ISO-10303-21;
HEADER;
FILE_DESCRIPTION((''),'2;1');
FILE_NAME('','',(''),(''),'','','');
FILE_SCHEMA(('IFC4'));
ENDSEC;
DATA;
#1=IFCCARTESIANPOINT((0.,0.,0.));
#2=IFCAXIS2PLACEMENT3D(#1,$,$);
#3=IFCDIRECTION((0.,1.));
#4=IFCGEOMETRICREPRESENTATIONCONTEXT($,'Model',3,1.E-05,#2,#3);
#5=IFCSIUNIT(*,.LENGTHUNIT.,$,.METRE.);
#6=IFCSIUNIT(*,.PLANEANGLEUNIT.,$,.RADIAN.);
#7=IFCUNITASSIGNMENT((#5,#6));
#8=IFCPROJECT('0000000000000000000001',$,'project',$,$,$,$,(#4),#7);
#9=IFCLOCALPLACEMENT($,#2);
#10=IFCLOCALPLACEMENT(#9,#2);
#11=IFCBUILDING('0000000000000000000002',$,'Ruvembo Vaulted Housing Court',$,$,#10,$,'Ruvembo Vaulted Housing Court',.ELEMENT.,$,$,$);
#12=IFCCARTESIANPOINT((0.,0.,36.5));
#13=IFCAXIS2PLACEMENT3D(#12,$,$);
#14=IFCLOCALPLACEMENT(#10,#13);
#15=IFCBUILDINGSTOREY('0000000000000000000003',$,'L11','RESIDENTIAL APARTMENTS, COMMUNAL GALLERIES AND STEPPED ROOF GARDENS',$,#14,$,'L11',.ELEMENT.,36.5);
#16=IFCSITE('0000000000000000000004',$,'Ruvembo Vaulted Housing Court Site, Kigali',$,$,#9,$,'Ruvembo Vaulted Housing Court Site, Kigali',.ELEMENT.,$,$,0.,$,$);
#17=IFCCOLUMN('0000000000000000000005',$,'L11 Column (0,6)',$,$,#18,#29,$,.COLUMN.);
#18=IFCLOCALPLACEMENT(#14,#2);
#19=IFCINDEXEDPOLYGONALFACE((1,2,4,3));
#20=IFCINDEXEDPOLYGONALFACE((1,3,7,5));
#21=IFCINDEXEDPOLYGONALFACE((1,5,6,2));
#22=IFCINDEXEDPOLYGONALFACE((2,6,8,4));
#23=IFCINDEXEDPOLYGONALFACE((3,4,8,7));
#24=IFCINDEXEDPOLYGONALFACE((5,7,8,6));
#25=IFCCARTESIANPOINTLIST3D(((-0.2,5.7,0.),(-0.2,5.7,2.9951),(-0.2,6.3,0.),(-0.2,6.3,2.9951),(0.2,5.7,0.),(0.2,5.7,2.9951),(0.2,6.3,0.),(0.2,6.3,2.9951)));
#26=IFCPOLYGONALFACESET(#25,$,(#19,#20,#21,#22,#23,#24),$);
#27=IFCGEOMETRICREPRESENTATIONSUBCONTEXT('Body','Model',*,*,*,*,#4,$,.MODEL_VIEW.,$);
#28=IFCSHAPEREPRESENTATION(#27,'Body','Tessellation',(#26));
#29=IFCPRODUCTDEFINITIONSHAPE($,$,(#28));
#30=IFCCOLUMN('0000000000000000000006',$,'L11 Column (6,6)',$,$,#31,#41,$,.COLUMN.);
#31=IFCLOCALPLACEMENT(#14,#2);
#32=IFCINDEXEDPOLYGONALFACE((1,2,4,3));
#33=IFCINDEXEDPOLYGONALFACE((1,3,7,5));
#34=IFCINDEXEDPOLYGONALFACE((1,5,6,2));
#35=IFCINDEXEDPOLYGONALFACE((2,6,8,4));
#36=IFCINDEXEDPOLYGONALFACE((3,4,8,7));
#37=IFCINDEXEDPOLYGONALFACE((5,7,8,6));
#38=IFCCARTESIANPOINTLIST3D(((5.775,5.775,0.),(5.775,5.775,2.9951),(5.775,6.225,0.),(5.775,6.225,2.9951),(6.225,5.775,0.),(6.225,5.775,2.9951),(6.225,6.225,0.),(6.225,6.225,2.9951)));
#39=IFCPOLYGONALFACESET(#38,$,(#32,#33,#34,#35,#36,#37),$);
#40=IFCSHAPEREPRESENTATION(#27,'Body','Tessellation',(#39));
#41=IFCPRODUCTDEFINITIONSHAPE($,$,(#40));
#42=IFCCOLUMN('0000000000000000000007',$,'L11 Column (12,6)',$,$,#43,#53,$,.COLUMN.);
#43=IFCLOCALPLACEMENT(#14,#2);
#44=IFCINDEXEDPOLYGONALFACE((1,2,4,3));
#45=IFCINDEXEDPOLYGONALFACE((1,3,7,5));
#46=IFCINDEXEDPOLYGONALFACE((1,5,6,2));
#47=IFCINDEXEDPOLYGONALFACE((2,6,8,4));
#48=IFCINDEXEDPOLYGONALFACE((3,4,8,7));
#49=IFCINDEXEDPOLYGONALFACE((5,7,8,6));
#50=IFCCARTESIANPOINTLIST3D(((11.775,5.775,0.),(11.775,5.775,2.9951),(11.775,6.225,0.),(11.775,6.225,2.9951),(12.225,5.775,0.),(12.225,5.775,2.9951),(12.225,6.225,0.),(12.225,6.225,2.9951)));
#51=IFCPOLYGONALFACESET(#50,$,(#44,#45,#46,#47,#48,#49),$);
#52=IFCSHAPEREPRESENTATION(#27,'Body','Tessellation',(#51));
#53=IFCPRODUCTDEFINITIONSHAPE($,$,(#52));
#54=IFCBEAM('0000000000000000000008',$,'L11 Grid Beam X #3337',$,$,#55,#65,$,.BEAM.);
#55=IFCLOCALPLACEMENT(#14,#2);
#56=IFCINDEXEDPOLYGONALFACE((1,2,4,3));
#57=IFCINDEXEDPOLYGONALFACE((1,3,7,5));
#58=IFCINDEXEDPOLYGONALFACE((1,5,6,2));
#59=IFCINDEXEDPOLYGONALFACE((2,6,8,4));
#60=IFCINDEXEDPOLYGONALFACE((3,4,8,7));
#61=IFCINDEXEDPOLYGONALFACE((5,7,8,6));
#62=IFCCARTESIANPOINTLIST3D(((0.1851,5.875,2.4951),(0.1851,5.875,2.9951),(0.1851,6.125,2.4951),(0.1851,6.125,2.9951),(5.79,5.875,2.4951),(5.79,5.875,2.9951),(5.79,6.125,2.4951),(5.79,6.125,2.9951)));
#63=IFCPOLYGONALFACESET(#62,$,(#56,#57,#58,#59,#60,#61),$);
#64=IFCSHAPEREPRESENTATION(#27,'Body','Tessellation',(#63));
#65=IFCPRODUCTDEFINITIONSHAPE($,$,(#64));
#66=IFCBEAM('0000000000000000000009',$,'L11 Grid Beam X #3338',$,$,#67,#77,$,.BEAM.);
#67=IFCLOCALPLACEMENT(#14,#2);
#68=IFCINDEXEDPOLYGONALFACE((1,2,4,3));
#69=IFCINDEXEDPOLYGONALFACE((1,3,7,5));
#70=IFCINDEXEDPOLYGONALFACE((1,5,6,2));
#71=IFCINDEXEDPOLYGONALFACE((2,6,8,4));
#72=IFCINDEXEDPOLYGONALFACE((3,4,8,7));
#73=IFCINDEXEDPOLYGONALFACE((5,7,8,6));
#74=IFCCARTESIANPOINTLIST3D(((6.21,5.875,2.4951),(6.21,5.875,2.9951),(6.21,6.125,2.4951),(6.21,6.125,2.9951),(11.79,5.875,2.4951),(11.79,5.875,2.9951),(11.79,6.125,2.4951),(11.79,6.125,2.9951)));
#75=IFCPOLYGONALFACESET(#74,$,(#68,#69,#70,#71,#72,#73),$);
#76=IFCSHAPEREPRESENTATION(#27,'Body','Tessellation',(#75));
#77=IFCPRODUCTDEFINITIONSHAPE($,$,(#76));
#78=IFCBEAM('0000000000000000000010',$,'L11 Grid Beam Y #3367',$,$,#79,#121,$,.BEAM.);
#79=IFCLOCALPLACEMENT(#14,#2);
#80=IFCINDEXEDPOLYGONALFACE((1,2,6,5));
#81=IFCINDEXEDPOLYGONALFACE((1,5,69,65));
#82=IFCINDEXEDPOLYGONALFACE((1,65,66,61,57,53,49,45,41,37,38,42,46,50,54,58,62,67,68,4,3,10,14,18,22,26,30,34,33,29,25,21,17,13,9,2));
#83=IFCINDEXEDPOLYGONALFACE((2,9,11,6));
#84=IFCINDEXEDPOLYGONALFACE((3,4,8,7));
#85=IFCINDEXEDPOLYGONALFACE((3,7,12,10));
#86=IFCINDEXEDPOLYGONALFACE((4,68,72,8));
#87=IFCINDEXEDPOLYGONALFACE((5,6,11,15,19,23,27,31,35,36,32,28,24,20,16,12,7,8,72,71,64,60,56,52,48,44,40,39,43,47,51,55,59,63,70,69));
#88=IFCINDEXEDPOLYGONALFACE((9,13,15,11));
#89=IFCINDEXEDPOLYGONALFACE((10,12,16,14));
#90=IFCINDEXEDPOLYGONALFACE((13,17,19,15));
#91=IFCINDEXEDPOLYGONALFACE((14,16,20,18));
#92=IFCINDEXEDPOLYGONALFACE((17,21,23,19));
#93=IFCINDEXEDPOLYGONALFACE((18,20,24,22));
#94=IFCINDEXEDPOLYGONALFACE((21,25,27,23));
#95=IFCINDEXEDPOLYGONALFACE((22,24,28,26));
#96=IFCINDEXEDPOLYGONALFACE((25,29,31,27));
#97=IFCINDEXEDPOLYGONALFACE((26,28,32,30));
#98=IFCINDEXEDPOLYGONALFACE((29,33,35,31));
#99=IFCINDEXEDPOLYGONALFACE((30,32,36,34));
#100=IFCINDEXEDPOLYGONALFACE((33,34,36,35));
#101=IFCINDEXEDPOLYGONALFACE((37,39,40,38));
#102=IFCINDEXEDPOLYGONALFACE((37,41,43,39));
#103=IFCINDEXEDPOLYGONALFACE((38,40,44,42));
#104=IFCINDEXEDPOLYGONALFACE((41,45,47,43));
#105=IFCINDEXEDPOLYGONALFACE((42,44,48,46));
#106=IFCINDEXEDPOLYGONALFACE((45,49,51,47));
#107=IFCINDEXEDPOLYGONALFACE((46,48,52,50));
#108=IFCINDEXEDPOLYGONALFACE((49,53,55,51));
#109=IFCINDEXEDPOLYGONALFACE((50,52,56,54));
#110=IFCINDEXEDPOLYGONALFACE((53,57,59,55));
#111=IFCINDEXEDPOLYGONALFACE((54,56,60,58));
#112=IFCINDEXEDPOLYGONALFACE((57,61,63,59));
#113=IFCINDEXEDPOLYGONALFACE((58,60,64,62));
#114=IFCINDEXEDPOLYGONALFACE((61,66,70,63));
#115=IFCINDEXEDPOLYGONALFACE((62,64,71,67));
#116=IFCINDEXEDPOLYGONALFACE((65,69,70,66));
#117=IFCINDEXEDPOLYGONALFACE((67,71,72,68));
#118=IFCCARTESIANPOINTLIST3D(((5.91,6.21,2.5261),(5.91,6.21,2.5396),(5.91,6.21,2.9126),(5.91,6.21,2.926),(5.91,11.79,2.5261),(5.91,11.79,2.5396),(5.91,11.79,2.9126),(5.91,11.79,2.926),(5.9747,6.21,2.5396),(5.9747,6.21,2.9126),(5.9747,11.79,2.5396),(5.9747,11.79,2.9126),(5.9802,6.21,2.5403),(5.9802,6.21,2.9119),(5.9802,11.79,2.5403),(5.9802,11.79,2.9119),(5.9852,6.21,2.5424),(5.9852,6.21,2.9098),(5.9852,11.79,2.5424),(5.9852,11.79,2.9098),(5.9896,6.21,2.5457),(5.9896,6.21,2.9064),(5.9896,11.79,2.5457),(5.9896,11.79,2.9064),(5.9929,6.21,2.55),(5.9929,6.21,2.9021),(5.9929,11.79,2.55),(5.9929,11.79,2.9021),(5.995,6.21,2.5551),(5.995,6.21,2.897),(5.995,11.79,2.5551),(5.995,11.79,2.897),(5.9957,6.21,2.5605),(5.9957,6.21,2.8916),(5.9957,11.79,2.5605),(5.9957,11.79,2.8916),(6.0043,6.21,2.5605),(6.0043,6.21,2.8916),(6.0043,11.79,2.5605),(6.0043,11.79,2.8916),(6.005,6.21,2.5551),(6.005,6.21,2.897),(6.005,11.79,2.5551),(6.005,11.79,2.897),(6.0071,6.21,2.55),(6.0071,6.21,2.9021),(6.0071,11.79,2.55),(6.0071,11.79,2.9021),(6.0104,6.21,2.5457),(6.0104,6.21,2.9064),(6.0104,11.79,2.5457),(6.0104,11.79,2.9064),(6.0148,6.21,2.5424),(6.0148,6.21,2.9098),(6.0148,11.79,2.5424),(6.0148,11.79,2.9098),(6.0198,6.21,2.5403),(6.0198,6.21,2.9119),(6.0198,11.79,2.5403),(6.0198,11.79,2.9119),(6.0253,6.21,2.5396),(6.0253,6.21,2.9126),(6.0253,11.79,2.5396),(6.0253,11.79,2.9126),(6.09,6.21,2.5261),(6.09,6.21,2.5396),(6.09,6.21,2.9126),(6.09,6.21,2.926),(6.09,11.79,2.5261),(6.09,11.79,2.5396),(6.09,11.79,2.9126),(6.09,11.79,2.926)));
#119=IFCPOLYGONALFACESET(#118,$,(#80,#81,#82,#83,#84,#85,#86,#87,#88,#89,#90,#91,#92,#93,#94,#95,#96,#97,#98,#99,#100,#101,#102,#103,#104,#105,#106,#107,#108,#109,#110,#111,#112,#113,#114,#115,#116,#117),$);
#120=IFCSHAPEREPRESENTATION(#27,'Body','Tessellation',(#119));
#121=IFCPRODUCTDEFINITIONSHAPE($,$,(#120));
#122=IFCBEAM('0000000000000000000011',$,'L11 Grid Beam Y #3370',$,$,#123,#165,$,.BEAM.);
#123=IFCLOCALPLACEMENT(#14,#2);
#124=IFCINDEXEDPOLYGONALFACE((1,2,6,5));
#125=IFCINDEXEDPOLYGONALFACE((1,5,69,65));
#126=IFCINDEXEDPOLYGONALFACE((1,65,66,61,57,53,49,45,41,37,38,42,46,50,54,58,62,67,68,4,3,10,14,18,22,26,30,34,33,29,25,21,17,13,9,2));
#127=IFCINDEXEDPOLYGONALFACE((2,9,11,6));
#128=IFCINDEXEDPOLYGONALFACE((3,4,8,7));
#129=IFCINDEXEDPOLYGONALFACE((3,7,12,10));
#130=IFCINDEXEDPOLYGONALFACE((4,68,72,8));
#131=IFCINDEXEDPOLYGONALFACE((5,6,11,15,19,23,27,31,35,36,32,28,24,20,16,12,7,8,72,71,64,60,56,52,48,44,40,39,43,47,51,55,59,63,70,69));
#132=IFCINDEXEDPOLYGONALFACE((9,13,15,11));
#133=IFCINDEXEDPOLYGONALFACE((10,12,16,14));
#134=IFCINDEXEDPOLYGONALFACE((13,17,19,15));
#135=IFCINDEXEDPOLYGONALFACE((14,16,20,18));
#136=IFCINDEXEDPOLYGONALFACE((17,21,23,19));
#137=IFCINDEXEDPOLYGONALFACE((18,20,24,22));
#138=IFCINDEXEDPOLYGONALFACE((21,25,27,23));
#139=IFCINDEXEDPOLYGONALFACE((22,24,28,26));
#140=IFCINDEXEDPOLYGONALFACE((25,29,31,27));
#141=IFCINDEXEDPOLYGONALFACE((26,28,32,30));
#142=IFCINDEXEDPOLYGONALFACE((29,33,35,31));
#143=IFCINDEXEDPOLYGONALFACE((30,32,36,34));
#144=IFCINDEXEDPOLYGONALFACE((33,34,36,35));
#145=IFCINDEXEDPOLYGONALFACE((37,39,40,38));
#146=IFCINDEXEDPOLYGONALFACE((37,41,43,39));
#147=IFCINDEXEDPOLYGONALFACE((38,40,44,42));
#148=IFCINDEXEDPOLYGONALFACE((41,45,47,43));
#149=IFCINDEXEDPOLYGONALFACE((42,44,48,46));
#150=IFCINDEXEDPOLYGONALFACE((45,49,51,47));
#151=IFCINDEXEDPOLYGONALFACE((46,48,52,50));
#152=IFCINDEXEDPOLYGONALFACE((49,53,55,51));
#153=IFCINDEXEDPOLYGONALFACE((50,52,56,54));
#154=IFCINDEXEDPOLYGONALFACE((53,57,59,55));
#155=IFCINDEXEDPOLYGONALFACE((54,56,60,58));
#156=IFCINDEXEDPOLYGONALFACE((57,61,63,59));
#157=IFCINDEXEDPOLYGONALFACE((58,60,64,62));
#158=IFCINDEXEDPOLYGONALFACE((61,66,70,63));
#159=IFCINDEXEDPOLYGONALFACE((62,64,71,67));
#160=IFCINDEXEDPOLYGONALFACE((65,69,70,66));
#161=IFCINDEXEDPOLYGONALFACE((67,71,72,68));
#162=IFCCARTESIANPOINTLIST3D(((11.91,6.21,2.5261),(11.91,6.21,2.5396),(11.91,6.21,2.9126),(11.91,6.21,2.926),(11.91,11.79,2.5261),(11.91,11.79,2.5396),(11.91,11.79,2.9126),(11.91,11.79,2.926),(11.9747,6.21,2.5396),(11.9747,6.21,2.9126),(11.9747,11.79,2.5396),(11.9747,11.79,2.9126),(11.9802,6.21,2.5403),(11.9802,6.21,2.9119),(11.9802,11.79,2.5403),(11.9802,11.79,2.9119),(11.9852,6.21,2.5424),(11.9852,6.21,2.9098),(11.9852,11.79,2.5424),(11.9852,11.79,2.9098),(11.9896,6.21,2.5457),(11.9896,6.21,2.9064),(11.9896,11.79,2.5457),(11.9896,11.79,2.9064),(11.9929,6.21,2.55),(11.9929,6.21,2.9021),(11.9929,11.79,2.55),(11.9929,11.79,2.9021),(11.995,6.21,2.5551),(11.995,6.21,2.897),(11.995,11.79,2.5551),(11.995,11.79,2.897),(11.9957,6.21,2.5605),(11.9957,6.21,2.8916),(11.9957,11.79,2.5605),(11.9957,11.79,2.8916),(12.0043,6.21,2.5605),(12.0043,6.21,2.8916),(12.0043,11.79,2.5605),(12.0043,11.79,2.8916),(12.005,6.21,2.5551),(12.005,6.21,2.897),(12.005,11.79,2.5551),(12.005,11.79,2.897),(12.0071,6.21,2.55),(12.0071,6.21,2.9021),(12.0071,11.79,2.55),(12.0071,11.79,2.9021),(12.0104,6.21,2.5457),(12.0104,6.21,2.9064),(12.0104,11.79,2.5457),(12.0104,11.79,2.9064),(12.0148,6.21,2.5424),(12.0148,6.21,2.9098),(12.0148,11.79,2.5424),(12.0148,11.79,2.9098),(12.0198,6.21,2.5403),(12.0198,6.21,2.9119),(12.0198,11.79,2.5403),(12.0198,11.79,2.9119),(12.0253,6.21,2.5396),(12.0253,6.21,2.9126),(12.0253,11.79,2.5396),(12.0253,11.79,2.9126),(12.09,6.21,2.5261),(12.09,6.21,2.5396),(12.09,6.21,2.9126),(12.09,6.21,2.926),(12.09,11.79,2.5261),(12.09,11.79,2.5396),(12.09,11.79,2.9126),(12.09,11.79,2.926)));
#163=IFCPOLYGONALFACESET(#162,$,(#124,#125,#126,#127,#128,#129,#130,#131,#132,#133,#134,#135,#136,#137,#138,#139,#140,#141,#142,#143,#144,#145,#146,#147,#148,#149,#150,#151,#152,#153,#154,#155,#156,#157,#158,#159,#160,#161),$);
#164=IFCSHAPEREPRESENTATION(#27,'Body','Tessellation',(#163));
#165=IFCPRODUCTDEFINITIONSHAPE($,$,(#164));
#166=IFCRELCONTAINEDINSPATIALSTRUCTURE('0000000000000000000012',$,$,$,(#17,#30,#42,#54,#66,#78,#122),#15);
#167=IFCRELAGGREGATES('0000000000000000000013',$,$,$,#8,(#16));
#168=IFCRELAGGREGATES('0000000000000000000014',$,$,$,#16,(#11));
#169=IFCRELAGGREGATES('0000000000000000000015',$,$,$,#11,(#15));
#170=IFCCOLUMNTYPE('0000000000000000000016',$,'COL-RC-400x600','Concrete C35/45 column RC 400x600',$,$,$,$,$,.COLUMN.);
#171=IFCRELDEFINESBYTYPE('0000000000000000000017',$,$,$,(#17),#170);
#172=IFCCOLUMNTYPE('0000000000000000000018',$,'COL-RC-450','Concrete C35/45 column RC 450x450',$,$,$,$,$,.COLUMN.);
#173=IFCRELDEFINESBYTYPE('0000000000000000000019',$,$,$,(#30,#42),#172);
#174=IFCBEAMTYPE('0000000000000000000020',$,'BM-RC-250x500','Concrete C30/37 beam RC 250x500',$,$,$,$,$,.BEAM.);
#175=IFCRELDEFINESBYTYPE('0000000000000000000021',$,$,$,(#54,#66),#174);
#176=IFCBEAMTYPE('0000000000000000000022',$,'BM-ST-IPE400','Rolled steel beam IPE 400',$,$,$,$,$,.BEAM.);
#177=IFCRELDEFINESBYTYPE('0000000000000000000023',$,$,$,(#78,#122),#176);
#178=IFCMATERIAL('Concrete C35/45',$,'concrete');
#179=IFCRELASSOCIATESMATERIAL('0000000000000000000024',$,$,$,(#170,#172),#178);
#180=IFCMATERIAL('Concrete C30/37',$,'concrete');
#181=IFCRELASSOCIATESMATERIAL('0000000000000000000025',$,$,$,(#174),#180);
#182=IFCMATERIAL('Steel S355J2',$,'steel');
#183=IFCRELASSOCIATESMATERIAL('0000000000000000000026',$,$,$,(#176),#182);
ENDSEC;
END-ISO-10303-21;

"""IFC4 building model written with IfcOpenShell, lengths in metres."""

from ifc_helpers import new_model, si_unit, direction, frame, origin, origin_2d, place, context, subcontext, project, spatial, rectangle, i_section, extrude, material, material_profile, profile_set, type_object, element, save


model = new_model("IFC4")

# Units and contexts
model_context = context("Model", 3, precision=1e-05, world=origin(), true_north=direction((0.0, 1.0)))
body_context = subcontext(model_context, "Body", "Model", "MODEL_VIEW")
ifc_project = project(units=[si_unit("LENGTHUNIT", "METRE"), si_unit("PLANEANGLEUNIT", "RADIAN")], contexts=[model_context])

# Site, building, storey
site_placement = place(None, origin())
site = spatial("IfcSite", under=ifc_project, at=site_placement, Name="Ruvembo Vaulted Housing Court Site, Kigali", LongName="Ruvembo Vaulted Housing Court Site, Kigali", CompositionType="ELEMENT", RefElevation=0.0)
building_placement = place(site_placement, origin())
building = spatial("IfcBuilding", under=site, at=building_placement, Name="Ruvembo Vaulted Housing Court", LongName="Ruvembo Vaulted Housing Court", CompositionType="ELEMENT")
storey_placement = place(building_placement, frame((0.0, 0.0, 36.5)))
storey = spatial("IfcBuildingStorey", under=building, at=storey_placement, Name="L11", Description="RESIDENTIAL APARTMENTS, COMMUNAL GALLERIES AND STEPPED ROOF GARDENS", LongName="L11", CompositionType="ELEMENT", Elevation=36.5)

# Columns
ifc_material_1 = material(Name="Concrete C35/45", Category="concrete")
ifc_material_profile_1 = material_profile(ifc_material_1, rectangle(XDim=0.3999, YDim=0.6001, at=origin_2d()), Name="RC 400x600")
ifc_profile_set_1 = profile_set([ifc_material_profile_1], Name="Concrete C35/45")
column_type_1 = type_object("IfcColumnType", Name="COL-RC-400x600", Description="Concrete C35/45 column RC 400x600", PredefinedType="COLUMN", material=ifc_profile_set_1)
column_placement = place(storey_placement, frame((0.0, 6.0, 0.0), z_axis=(0.0, 0.0, 1.0), x_axis=(1.0, 0.0, 0.0)))
element("IfcColumn", 1, at=column_placement, inside=storey, type_object=column_type_1, Name="L11 Column (0,6)", PredefinedType="COLUMN", context=body_context, shape_type="SweptSolid", body=[
    extrude(rectangle(XDim=0.3999, YDim=0.6001, at=origin_2d()), origin(), (0.0, 0.0, 1.0), 2.9951),
])
ifc_material_profile_2 = material_profile(ifc_material_1, rectangle(XDim=0.45, YDim=0.45, at=origin_2d()), Name="RC 450x450")
ifc_profile_set_2 = profile_set([ifc_material_profile_2], Name="Concrete C35/45")
column_type_2 = type_object("IfcColumnType", Name="COL-RC-450", Description="Concrete C35/45 column RC 450x450", PredefinedType="COLUMN", material=ifc_profile_set_2)
for number, where, z_axis, x_axis, name in (
    (2, (6.0, 6.0, 0.0), (0.0, 0.0, 1.0), (1.0, 0.0, 0.0), "L11 Column (6,6)"),
    (3, (12.0, 6.0, 0.0), (0.0, 0.0, 1.0), (1.0, 0.0, 0.0), "L11 Column (12,6)"),
):
    element("IfcColumn", number, at=place(storey_placement, frame(where, z_axis=z_axis, x_axis=x_axis)), inside=storey, type_object=column_type_2, Name=name, PredefinedType="COLUMN", context=body_context, shape_type="SweptSolid", body=[
        extrude(rectangle(XDim=0.45, YDim=0.45, at=origin_2d()), origin(), (0.0, 0.0, 1.0), 2.9951),
    ])

# Beams
ifc_material_2 = material(Name="Concrete C30/37", Category="concrete")
ifc_material_profile_3 = material_profile(ifc_material_2, rectangle(XDim=0.25, YDim=0.5, at=origin_2d()), Name="RC 250x500")
ifc_profile_set_3 = profile_set([ifc_material_profile_3], Name="Concrete C30/37")
beam_type_1 = type_object("IfcBeamType", Name="BM-RC-250x500", Description="Concrete C30/37 beam RC 250x500", PredefinedType="BEAM", material=ifc_profile_set_3)
beam_1_placement = place(storey_placement, frame((0.1851, 6.0, 2.7451), z_axis=(1.0, 0.0, 0.0), x_axis=(0.0, 1.0, 0.0)))
element("IfcBeam", 4, at=beam_1_placement, inside=storey, type_object=beam_type_1, Name="L11 Grid Beam X #3337", PredefinedType="BEAM", context=body_context, shape_type="SweptSolid", body=[
    extrude(rectangle(XDim=0.25, YDim=0.5, at=origin_2d()), origin(), (0.0, 0.0, 1.0), 5.605),
])
beam_2_placement = place(storey_placement, frame((6.21, 6.0, 2.7451), z_axis=(1.0, 0.0, 0.0), x_axis=(0.0, 1.0, 0.0)))
element("IfcBeam", 5, at=beam_2_placement, inside=storey, type_object=beam_type_1, Name="L11 Grid Beam X #3338", PredefinedType="BEAM", context=body_context, shape_type="SweptSolid", body=[
    extrude(rectangle(XDim=0.25, YDim=0.5, at=origin_2d()), origin(), (0.0, 0.0, 1.0), 5.5801),
])
ifc_material_3 = material(Name="Steel S355J2", Category="steel")
ifc_material_profile_4 = material_profile(ifc_material_3, i_section(OverallWidth=0.1799, OverallDepth=0.3999, WebThickness=0.0085, FlangeThickness=0.0134, FilletRadius=0.021, at=origin_2d()), Name="IPE 400")
ifc_profile_set_4 = profile_set([ifc_material_profile_4], Name="Steel S355J2")
beam_type_2 = type_object("IfcBeamType", Name="BM-ST-IPE400", Description="Rolled steel beam IPE 400", PredefinedType="BEAM", material=ifc_profile_set_4)
for number, where, z_axis, x_axis, name in (
    (6, (6.0, 6.21, 2.7261), (0.0, 1.0, 0.0), (-1.0, 0.0, 0.0), "L11 Grid Beam Y #3367"),
    (7, (12.0, 6.21, 2.7261), (0.0, 1.0, 0.0), (-1.0, 0.0, 0.0), "L11 Grid Beam Y #3370"),
):
    element("IfcBeam", number, at=place(storey_placement, frame(where, z_axis=z_axis, x_axis=x_axis)), inside=storey, type_object=beam_type_2, Name=name, PredefinedType="BEAM", context=body_context, shape_type="SweptSolid", body=[
        extrude(i_section(OverallWidth=0.1799, OverallDepth=0.3999, WebThickness=0.0085, FlangeThickness=0.0134, FilletRadius=0.021, at=origin_2d()), origin(), (0.0, 0.0, 1.0), 5.5801),
    ])

save(model, "model.ifc")
